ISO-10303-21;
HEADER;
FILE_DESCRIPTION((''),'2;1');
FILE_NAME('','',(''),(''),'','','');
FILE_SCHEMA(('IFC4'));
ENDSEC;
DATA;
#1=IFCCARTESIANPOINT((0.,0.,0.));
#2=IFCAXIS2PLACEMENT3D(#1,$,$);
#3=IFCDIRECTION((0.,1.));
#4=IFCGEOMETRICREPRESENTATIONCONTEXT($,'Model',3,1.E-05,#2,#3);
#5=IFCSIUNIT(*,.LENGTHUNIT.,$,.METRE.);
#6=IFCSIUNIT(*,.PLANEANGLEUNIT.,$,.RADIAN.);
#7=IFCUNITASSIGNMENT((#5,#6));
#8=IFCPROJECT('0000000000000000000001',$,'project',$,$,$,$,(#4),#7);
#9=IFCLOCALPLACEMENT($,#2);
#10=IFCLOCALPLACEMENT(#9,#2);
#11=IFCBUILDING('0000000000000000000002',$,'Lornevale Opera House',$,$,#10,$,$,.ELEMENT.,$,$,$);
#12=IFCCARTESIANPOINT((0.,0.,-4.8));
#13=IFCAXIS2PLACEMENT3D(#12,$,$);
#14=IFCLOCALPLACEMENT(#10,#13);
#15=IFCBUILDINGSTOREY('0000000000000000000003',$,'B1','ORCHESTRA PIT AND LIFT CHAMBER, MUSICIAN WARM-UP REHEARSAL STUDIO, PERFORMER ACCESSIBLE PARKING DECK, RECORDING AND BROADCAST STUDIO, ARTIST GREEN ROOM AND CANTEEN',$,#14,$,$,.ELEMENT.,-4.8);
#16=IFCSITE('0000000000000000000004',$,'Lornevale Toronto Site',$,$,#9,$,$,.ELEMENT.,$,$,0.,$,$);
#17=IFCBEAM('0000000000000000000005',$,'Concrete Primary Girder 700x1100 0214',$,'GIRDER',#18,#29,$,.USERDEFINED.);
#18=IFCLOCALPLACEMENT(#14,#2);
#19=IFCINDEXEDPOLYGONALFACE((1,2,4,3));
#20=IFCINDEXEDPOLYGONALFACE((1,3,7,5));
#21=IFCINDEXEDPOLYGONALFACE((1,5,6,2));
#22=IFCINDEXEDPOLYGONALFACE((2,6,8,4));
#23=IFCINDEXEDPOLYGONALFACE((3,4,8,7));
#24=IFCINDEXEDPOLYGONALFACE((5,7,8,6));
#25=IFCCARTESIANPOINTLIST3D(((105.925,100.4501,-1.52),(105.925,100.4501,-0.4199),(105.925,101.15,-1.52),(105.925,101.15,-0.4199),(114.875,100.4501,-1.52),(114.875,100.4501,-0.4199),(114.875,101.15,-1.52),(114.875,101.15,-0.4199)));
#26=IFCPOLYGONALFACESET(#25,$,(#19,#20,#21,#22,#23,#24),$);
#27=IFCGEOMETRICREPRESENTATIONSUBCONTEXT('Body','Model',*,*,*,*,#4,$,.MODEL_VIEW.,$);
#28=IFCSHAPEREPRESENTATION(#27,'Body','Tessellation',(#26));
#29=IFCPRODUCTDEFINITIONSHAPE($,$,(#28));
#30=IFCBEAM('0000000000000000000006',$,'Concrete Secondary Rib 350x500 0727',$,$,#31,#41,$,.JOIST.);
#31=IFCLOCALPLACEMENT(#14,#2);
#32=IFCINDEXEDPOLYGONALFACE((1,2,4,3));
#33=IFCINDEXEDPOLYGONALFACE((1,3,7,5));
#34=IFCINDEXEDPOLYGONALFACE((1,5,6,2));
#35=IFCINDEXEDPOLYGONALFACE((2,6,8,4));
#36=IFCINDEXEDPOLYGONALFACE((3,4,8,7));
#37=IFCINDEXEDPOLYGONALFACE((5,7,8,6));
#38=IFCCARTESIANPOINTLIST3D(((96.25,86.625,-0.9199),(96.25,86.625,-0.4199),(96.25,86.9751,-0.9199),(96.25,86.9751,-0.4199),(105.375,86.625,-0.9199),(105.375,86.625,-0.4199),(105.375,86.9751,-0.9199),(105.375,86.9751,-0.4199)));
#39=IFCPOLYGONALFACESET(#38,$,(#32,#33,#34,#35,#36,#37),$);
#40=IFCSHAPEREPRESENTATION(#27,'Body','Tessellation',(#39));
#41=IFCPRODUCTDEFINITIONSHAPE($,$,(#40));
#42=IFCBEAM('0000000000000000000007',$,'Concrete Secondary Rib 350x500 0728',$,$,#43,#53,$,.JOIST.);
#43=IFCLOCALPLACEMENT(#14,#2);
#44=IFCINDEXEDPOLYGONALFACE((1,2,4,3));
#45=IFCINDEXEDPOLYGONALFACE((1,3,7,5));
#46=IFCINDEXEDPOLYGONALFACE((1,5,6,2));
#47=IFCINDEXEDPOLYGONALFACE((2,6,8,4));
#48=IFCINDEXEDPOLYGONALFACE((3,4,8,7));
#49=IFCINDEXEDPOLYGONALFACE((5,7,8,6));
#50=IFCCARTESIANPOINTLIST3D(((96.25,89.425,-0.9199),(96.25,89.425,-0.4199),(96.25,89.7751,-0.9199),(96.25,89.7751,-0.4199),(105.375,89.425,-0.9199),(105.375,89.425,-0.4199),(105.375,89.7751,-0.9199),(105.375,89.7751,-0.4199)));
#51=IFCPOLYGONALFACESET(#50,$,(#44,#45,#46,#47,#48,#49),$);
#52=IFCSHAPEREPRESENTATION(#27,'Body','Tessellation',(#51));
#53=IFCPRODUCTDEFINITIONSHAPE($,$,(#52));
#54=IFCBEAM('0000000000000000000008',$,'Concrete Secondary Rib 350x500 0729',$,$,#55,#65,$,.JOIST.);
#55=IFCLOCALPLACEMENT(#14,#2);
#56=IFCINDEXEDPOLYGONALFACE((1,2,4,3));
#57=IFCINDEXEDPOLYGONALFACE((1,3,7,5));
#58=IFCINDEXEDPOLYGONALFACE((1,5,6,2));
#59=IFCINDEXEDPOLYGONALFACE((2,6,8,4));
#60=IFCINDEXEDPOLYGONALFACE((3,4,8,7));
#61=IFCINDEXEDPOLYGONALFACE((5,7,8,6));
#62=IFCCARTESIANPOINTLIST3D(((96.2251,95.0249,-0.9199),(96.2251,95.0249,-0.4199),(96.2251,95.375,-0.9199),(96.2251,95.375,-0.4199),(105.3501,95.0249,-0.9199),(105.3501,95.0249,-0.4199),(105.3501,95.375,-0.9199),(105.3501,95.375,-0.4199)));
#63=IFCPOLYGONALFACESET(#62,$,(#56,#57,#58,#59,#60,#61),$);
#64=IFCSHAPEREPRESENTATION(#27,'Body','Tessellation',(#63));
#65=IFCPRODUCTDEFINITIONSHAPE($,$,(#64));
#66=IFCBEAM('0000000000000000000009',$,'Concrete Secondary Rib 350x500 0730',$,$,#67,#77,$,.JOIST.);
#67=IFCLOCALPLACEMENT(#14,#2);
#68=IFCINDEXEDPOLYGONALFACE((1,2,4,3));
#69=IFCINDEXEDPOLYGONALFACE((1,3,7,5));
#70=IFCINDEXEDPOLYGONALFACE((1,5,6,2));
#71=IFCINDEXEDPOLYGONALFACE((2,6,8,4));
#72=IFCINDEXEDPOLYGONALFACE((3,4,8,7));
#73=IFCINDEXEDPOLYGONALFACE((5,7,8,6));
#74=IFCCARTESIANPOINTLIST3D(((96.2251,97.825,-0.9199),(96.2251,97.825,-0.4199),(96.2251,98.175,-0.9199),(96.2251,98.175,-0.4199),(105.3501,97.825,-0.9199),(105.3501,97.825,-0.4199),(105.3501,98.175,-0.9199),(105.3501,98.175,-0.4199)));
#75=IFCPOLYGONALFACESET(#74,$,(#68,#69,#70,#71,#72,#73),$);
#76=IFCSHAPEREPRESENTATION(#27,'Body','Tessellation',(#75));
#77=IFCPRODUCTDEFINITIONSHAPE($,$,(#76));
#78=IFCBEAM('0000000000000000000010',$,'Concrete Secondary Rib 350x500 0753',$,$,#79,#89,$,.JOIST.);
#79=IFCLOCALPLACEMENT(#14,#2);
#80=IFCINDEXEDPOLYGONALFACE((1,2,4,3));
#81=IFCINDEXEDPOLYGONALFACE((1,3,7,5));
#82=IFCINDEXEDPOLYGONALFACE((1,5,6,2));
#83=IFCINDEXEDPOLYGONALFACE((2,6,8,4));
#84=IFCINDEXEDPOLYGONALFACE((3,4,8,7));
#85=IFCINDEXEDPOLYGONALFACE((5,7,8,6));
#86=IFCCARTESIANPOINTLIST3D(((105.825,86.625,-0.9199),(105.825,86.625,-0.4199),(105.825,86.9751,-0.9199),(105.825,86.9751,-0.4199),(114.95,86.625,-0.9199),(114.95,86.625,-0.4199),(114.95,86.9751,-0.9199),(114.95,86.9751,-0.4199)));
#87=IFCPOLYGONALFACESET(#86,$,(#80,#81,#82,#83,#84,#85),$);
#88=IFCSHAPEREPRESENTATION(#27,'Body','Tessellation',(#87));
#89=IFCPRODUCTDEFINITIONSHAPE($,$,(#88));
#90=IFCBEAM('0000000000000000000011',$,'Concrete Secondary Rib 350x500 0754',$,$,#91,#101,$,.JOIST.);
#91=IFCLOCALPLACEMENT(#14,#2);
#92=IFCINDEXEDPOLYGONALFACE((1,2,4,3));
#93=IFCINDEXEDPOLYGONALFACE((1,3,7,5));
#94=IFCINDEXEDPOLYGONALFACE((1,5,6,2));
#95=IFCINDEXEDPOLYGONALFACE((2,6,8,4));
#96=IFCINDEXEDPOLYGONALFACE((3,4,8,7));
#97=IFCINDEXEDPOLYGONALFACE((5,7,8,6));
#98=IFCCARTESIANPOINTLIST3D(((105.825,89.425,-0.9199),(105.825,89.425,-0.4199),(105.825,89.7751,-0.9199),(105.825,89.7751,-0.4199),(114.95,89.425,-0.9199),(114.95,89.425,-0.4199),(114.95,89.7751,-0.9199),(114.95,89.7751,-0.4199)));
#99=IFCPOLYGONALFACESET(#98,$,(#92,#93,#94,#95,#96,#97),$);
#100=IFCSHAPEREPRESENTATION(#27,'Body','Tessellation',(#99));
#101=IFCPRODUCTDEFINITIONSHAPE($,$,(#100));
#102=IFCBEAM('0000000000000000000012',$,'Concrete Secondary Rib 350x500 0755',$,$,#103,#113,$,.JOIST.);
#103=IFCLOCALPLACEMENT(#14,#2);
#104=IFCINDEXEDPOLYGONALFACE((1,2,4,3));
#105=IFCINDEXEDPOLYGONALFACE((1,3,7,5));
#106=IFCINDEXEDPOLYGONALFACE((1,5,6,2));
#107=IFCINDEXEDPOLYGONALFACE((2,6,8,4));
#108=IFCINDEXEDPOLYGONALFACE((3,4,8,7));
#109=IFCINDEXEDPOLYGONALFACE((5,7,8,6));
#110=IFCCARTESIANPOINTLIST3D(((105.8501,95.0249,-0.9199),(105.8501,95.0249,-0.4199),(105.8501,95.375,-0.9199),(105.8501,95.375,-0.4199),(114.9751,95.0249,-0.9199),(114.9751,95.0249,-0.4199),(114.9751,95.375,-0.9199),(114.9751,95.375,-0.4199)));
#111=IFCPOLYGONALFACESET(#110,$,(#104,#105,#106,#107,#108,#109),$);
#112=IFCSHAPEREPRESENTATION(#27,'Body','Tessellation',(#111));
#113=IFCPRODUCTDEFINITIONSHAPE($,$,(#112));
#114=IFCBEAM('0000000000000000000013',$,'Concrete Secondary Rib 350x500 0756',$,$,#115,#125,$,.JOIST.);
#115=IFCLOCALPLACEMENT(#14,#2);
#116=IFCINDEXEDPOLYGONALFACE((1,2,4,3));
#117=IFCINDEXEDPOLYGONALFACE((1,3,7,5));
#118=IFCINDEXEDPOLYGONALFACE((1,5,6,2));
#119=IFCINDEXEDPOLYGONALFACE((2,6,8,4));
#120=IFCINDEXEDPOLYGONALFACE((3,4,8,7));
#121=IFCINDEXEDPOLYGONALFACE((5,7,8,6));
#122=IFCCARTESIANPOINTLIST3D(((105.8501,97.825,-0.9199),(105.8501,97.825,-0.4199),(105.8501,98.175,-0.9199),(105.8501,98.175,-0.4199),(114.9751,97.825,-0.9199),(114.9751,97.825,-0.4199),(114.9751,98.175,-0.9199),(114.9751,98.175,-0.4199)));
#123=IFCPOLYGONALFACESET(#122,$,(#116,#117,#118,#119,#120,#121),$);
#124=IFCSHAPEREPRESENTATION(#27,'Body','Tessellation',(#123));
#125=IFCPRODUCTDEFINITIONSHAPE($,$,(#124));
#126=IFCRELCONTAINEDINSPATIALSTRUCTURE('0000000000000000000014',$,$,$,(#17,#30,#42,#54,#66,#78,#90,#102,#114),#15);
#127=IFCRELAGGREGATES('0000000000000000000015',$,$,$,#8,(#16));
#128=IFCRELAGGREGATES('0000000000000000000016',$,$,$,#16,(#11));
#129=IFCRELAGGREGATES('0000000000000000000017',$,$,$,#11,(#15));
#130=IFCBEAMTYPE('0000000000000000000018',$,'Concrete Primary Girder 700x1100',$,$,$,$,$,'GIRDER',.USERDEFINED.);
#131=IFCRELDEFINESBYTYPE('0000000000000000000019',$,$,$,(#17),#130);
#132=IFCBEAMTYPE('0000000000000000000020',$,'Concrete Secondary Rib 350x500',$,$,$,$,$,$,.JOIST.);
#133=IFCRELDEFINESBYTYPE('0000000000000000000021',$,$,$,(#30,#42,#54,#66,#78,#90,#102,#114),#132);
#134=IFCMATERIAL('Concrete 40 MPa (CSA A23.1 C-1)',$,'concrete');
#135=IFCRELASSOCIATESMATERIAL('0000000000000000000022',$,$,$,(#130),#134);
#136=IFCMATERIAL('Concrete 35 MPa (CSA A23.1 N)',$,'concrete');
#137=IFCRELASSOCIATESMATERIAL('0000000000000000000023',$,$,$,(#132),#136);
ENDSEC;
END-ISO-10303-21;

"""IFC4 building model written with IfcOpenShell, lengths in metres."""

from ifc_helpers import new_model, si_unit, direction, frame, origin, origin_2d, place, context, subcontext, project, spatial, rectangle, extrude, material, material_profile, profile_set, type_object, element, save


model = new_model("IFC4")

# Units and contexts
model_context = context("Model", 3, precision=1e-05, world=origin(), true_north=direction((0.0, 1.0)))
body_context = subcontext(model_context, "Body", "Model", "MODEL_VIEW")
ifc_project = project(units=[si_unit("LENGTHUNIT", "METRE"), si_unit("PLANEANGLEUNIT", "RADIAN")], contexts=[model_context])

# Site, building, storey
site_placement = place(None, origin())
site = spatial("IfcSite", under=ifc_project, at=site_placement, Name="Lornevale Toronto Site", CompositionType="ELEMENT", RefElevation=0.0)
building_placement = place(site_placement, origin())
building = spatial("IfcBuilding", under=site, at=building_placement, Name="Lornevale Opera House", CompositionType="ELEMENT")
storey_placement = place(building_placement, frame((0.0, 0.0, -4.8)))
storey = spatial("IfcBuildingStorey", under=building, at=storey_placement, Name="B1", Description="ORCHESTRA PIT AND LIFT CHAMBER, MUSICIAN WARM-UP REHEARSAL STUDIO, PERFORMER ACCESSIBLE PARKING DECK, RECORDING AND BROADCAST STUDIO, ARTIST GREEN ROOM AND CANTEEN", CompositionType="ELEMENT", Elevation=-4.8)

# Shared definitions
ifc_material_1 = material(Name="Concrete 40 MPa (CSA A23.1 C-1)", Category="concrete")

# Beams
ifc_material_2 = material(Name="Concrete 35 MPa (CSA A23.1 N)", Category="concrete")
ifc_material_profile_1 = material_profile(ifc_material_1, rectangle(XDim=0.7, YDim=1.1001, at=origin_2d()), Name="RC700x1100")
ifc_profile_set_1 = profile_set([ifc_material_profile_1], Name="Concrete 40 MPa (CSA A23.1 C-1)")
beam_type_1 = type_object("IfcBeamType", Name="Concrete Primary Girder 700x1100", ElementType="GIRDER", PredefinedType="USERDEFINED", material=ifc_profile_set_1)
for number, where, z_axis, x_axis, name in (
    (1, (105.925, 100.8, -0.97), (1.0, 0.0, 0.0), (0.0, 1.0, 0.0), "Concrete Primary Girder 700x1100 0214"),
):
    element("IfcBeam", number, at=place(storey_placement, frame(where, z_axis=z_axis, x_axis=x_axis)), inside=storey, type_object=beam_type_1, Name=name, ObjectType="GIRDER", PredefinedType="USERDEFINED", context=body_context, shape_type="SweptSolid", body=[
        extrude(rectangle(XDim=0.7, YDim=1.1001, at=origin_2d()), origin(), (0.0, 0.0, 1.0), 8.95),
    ])
ifc_material_profile_2 = material_profile(ifc_material_2, rectangle(XDim=0.3501, YDim=0.5, at=origin_2d()), Name="RC350x500")
ifc_profile_set_2 = profile_set([ifc_material_profile_2], Name="Concrete 35 MPa (CSA A23.1 N)")
beam_type_2 = type_object("IfcBeamType", Name="Concrete Secondary Rib 350x500", PredefinedType="JOIST", material=ifc_profile_set_2)
for number, where, z_axis, x_axis, name in (
    (2, (96.25, 86.8, -0.6699), (1.0, 0.0, 0.0), (0.0, 1.0, 0.0), "Concrete Secondary Rib 350x500 0727"),
    (3, (96.25, 89.6001, -0.6699), (1.0, 0.0, 0.0), (0.0, 1.0, 0.0), "Concrete Secondary Rib 350x500 0728"),
    (4, (96.2251, 95.2, -0.6699), (1.0, 0.0, 0.0), (0.0, 1.0, 0.0), "Concrete Secondary Rib 350x500 0729"),
    (5, (96.2251, 98.0, -0.6699), (1.0, 0.0, 0.0), (0.0, 1.0, 0.0), "Concrete Secondary Rib 350x500 0730"),
    (6, (105.825, 86.8, -0.6699), (1.0, 0.0, 0.0), (0.0, 1.0, 0.0), "Concrete Secondary Rib 350x500 0753"),
    (7, (105.825, 89.6001, -0.6699), (1.0, 0.0, 0.0), (0.0, 1.0, 0.0), "Concrete Secondary Rib 350x500 0754"),
    (8, (105.8501, 95.2, -0.6699), (1.0, 0.0, 0.0), (0.0, 1.0, 0.0), "Concrete Secondary Rib 350x500 0755"),
    (9, (105.8501, 98.0, -0.6699), (1.0, 0.0, 0.0), (0.0, 1.0, 0.0), "Concrete Secondary Rib 350x500 0756"),
):
    element("IfcBeam", number, at=place(storey_placement, frame(where, z_axis=z_axis, x_axis=x_axis)), inside=storey, type_object=beam_type_2, Name=name, PredefinedType="JOIST", context=body_context, shape_type="SweptSolid", body=[
        extrude(rectangle(XDim=0.3501, YDim=0.5, at=origin_2d()), origin(), (0.0, 0.0, 1.0), 9.125),
    ])

save(model, "model.ifc")
